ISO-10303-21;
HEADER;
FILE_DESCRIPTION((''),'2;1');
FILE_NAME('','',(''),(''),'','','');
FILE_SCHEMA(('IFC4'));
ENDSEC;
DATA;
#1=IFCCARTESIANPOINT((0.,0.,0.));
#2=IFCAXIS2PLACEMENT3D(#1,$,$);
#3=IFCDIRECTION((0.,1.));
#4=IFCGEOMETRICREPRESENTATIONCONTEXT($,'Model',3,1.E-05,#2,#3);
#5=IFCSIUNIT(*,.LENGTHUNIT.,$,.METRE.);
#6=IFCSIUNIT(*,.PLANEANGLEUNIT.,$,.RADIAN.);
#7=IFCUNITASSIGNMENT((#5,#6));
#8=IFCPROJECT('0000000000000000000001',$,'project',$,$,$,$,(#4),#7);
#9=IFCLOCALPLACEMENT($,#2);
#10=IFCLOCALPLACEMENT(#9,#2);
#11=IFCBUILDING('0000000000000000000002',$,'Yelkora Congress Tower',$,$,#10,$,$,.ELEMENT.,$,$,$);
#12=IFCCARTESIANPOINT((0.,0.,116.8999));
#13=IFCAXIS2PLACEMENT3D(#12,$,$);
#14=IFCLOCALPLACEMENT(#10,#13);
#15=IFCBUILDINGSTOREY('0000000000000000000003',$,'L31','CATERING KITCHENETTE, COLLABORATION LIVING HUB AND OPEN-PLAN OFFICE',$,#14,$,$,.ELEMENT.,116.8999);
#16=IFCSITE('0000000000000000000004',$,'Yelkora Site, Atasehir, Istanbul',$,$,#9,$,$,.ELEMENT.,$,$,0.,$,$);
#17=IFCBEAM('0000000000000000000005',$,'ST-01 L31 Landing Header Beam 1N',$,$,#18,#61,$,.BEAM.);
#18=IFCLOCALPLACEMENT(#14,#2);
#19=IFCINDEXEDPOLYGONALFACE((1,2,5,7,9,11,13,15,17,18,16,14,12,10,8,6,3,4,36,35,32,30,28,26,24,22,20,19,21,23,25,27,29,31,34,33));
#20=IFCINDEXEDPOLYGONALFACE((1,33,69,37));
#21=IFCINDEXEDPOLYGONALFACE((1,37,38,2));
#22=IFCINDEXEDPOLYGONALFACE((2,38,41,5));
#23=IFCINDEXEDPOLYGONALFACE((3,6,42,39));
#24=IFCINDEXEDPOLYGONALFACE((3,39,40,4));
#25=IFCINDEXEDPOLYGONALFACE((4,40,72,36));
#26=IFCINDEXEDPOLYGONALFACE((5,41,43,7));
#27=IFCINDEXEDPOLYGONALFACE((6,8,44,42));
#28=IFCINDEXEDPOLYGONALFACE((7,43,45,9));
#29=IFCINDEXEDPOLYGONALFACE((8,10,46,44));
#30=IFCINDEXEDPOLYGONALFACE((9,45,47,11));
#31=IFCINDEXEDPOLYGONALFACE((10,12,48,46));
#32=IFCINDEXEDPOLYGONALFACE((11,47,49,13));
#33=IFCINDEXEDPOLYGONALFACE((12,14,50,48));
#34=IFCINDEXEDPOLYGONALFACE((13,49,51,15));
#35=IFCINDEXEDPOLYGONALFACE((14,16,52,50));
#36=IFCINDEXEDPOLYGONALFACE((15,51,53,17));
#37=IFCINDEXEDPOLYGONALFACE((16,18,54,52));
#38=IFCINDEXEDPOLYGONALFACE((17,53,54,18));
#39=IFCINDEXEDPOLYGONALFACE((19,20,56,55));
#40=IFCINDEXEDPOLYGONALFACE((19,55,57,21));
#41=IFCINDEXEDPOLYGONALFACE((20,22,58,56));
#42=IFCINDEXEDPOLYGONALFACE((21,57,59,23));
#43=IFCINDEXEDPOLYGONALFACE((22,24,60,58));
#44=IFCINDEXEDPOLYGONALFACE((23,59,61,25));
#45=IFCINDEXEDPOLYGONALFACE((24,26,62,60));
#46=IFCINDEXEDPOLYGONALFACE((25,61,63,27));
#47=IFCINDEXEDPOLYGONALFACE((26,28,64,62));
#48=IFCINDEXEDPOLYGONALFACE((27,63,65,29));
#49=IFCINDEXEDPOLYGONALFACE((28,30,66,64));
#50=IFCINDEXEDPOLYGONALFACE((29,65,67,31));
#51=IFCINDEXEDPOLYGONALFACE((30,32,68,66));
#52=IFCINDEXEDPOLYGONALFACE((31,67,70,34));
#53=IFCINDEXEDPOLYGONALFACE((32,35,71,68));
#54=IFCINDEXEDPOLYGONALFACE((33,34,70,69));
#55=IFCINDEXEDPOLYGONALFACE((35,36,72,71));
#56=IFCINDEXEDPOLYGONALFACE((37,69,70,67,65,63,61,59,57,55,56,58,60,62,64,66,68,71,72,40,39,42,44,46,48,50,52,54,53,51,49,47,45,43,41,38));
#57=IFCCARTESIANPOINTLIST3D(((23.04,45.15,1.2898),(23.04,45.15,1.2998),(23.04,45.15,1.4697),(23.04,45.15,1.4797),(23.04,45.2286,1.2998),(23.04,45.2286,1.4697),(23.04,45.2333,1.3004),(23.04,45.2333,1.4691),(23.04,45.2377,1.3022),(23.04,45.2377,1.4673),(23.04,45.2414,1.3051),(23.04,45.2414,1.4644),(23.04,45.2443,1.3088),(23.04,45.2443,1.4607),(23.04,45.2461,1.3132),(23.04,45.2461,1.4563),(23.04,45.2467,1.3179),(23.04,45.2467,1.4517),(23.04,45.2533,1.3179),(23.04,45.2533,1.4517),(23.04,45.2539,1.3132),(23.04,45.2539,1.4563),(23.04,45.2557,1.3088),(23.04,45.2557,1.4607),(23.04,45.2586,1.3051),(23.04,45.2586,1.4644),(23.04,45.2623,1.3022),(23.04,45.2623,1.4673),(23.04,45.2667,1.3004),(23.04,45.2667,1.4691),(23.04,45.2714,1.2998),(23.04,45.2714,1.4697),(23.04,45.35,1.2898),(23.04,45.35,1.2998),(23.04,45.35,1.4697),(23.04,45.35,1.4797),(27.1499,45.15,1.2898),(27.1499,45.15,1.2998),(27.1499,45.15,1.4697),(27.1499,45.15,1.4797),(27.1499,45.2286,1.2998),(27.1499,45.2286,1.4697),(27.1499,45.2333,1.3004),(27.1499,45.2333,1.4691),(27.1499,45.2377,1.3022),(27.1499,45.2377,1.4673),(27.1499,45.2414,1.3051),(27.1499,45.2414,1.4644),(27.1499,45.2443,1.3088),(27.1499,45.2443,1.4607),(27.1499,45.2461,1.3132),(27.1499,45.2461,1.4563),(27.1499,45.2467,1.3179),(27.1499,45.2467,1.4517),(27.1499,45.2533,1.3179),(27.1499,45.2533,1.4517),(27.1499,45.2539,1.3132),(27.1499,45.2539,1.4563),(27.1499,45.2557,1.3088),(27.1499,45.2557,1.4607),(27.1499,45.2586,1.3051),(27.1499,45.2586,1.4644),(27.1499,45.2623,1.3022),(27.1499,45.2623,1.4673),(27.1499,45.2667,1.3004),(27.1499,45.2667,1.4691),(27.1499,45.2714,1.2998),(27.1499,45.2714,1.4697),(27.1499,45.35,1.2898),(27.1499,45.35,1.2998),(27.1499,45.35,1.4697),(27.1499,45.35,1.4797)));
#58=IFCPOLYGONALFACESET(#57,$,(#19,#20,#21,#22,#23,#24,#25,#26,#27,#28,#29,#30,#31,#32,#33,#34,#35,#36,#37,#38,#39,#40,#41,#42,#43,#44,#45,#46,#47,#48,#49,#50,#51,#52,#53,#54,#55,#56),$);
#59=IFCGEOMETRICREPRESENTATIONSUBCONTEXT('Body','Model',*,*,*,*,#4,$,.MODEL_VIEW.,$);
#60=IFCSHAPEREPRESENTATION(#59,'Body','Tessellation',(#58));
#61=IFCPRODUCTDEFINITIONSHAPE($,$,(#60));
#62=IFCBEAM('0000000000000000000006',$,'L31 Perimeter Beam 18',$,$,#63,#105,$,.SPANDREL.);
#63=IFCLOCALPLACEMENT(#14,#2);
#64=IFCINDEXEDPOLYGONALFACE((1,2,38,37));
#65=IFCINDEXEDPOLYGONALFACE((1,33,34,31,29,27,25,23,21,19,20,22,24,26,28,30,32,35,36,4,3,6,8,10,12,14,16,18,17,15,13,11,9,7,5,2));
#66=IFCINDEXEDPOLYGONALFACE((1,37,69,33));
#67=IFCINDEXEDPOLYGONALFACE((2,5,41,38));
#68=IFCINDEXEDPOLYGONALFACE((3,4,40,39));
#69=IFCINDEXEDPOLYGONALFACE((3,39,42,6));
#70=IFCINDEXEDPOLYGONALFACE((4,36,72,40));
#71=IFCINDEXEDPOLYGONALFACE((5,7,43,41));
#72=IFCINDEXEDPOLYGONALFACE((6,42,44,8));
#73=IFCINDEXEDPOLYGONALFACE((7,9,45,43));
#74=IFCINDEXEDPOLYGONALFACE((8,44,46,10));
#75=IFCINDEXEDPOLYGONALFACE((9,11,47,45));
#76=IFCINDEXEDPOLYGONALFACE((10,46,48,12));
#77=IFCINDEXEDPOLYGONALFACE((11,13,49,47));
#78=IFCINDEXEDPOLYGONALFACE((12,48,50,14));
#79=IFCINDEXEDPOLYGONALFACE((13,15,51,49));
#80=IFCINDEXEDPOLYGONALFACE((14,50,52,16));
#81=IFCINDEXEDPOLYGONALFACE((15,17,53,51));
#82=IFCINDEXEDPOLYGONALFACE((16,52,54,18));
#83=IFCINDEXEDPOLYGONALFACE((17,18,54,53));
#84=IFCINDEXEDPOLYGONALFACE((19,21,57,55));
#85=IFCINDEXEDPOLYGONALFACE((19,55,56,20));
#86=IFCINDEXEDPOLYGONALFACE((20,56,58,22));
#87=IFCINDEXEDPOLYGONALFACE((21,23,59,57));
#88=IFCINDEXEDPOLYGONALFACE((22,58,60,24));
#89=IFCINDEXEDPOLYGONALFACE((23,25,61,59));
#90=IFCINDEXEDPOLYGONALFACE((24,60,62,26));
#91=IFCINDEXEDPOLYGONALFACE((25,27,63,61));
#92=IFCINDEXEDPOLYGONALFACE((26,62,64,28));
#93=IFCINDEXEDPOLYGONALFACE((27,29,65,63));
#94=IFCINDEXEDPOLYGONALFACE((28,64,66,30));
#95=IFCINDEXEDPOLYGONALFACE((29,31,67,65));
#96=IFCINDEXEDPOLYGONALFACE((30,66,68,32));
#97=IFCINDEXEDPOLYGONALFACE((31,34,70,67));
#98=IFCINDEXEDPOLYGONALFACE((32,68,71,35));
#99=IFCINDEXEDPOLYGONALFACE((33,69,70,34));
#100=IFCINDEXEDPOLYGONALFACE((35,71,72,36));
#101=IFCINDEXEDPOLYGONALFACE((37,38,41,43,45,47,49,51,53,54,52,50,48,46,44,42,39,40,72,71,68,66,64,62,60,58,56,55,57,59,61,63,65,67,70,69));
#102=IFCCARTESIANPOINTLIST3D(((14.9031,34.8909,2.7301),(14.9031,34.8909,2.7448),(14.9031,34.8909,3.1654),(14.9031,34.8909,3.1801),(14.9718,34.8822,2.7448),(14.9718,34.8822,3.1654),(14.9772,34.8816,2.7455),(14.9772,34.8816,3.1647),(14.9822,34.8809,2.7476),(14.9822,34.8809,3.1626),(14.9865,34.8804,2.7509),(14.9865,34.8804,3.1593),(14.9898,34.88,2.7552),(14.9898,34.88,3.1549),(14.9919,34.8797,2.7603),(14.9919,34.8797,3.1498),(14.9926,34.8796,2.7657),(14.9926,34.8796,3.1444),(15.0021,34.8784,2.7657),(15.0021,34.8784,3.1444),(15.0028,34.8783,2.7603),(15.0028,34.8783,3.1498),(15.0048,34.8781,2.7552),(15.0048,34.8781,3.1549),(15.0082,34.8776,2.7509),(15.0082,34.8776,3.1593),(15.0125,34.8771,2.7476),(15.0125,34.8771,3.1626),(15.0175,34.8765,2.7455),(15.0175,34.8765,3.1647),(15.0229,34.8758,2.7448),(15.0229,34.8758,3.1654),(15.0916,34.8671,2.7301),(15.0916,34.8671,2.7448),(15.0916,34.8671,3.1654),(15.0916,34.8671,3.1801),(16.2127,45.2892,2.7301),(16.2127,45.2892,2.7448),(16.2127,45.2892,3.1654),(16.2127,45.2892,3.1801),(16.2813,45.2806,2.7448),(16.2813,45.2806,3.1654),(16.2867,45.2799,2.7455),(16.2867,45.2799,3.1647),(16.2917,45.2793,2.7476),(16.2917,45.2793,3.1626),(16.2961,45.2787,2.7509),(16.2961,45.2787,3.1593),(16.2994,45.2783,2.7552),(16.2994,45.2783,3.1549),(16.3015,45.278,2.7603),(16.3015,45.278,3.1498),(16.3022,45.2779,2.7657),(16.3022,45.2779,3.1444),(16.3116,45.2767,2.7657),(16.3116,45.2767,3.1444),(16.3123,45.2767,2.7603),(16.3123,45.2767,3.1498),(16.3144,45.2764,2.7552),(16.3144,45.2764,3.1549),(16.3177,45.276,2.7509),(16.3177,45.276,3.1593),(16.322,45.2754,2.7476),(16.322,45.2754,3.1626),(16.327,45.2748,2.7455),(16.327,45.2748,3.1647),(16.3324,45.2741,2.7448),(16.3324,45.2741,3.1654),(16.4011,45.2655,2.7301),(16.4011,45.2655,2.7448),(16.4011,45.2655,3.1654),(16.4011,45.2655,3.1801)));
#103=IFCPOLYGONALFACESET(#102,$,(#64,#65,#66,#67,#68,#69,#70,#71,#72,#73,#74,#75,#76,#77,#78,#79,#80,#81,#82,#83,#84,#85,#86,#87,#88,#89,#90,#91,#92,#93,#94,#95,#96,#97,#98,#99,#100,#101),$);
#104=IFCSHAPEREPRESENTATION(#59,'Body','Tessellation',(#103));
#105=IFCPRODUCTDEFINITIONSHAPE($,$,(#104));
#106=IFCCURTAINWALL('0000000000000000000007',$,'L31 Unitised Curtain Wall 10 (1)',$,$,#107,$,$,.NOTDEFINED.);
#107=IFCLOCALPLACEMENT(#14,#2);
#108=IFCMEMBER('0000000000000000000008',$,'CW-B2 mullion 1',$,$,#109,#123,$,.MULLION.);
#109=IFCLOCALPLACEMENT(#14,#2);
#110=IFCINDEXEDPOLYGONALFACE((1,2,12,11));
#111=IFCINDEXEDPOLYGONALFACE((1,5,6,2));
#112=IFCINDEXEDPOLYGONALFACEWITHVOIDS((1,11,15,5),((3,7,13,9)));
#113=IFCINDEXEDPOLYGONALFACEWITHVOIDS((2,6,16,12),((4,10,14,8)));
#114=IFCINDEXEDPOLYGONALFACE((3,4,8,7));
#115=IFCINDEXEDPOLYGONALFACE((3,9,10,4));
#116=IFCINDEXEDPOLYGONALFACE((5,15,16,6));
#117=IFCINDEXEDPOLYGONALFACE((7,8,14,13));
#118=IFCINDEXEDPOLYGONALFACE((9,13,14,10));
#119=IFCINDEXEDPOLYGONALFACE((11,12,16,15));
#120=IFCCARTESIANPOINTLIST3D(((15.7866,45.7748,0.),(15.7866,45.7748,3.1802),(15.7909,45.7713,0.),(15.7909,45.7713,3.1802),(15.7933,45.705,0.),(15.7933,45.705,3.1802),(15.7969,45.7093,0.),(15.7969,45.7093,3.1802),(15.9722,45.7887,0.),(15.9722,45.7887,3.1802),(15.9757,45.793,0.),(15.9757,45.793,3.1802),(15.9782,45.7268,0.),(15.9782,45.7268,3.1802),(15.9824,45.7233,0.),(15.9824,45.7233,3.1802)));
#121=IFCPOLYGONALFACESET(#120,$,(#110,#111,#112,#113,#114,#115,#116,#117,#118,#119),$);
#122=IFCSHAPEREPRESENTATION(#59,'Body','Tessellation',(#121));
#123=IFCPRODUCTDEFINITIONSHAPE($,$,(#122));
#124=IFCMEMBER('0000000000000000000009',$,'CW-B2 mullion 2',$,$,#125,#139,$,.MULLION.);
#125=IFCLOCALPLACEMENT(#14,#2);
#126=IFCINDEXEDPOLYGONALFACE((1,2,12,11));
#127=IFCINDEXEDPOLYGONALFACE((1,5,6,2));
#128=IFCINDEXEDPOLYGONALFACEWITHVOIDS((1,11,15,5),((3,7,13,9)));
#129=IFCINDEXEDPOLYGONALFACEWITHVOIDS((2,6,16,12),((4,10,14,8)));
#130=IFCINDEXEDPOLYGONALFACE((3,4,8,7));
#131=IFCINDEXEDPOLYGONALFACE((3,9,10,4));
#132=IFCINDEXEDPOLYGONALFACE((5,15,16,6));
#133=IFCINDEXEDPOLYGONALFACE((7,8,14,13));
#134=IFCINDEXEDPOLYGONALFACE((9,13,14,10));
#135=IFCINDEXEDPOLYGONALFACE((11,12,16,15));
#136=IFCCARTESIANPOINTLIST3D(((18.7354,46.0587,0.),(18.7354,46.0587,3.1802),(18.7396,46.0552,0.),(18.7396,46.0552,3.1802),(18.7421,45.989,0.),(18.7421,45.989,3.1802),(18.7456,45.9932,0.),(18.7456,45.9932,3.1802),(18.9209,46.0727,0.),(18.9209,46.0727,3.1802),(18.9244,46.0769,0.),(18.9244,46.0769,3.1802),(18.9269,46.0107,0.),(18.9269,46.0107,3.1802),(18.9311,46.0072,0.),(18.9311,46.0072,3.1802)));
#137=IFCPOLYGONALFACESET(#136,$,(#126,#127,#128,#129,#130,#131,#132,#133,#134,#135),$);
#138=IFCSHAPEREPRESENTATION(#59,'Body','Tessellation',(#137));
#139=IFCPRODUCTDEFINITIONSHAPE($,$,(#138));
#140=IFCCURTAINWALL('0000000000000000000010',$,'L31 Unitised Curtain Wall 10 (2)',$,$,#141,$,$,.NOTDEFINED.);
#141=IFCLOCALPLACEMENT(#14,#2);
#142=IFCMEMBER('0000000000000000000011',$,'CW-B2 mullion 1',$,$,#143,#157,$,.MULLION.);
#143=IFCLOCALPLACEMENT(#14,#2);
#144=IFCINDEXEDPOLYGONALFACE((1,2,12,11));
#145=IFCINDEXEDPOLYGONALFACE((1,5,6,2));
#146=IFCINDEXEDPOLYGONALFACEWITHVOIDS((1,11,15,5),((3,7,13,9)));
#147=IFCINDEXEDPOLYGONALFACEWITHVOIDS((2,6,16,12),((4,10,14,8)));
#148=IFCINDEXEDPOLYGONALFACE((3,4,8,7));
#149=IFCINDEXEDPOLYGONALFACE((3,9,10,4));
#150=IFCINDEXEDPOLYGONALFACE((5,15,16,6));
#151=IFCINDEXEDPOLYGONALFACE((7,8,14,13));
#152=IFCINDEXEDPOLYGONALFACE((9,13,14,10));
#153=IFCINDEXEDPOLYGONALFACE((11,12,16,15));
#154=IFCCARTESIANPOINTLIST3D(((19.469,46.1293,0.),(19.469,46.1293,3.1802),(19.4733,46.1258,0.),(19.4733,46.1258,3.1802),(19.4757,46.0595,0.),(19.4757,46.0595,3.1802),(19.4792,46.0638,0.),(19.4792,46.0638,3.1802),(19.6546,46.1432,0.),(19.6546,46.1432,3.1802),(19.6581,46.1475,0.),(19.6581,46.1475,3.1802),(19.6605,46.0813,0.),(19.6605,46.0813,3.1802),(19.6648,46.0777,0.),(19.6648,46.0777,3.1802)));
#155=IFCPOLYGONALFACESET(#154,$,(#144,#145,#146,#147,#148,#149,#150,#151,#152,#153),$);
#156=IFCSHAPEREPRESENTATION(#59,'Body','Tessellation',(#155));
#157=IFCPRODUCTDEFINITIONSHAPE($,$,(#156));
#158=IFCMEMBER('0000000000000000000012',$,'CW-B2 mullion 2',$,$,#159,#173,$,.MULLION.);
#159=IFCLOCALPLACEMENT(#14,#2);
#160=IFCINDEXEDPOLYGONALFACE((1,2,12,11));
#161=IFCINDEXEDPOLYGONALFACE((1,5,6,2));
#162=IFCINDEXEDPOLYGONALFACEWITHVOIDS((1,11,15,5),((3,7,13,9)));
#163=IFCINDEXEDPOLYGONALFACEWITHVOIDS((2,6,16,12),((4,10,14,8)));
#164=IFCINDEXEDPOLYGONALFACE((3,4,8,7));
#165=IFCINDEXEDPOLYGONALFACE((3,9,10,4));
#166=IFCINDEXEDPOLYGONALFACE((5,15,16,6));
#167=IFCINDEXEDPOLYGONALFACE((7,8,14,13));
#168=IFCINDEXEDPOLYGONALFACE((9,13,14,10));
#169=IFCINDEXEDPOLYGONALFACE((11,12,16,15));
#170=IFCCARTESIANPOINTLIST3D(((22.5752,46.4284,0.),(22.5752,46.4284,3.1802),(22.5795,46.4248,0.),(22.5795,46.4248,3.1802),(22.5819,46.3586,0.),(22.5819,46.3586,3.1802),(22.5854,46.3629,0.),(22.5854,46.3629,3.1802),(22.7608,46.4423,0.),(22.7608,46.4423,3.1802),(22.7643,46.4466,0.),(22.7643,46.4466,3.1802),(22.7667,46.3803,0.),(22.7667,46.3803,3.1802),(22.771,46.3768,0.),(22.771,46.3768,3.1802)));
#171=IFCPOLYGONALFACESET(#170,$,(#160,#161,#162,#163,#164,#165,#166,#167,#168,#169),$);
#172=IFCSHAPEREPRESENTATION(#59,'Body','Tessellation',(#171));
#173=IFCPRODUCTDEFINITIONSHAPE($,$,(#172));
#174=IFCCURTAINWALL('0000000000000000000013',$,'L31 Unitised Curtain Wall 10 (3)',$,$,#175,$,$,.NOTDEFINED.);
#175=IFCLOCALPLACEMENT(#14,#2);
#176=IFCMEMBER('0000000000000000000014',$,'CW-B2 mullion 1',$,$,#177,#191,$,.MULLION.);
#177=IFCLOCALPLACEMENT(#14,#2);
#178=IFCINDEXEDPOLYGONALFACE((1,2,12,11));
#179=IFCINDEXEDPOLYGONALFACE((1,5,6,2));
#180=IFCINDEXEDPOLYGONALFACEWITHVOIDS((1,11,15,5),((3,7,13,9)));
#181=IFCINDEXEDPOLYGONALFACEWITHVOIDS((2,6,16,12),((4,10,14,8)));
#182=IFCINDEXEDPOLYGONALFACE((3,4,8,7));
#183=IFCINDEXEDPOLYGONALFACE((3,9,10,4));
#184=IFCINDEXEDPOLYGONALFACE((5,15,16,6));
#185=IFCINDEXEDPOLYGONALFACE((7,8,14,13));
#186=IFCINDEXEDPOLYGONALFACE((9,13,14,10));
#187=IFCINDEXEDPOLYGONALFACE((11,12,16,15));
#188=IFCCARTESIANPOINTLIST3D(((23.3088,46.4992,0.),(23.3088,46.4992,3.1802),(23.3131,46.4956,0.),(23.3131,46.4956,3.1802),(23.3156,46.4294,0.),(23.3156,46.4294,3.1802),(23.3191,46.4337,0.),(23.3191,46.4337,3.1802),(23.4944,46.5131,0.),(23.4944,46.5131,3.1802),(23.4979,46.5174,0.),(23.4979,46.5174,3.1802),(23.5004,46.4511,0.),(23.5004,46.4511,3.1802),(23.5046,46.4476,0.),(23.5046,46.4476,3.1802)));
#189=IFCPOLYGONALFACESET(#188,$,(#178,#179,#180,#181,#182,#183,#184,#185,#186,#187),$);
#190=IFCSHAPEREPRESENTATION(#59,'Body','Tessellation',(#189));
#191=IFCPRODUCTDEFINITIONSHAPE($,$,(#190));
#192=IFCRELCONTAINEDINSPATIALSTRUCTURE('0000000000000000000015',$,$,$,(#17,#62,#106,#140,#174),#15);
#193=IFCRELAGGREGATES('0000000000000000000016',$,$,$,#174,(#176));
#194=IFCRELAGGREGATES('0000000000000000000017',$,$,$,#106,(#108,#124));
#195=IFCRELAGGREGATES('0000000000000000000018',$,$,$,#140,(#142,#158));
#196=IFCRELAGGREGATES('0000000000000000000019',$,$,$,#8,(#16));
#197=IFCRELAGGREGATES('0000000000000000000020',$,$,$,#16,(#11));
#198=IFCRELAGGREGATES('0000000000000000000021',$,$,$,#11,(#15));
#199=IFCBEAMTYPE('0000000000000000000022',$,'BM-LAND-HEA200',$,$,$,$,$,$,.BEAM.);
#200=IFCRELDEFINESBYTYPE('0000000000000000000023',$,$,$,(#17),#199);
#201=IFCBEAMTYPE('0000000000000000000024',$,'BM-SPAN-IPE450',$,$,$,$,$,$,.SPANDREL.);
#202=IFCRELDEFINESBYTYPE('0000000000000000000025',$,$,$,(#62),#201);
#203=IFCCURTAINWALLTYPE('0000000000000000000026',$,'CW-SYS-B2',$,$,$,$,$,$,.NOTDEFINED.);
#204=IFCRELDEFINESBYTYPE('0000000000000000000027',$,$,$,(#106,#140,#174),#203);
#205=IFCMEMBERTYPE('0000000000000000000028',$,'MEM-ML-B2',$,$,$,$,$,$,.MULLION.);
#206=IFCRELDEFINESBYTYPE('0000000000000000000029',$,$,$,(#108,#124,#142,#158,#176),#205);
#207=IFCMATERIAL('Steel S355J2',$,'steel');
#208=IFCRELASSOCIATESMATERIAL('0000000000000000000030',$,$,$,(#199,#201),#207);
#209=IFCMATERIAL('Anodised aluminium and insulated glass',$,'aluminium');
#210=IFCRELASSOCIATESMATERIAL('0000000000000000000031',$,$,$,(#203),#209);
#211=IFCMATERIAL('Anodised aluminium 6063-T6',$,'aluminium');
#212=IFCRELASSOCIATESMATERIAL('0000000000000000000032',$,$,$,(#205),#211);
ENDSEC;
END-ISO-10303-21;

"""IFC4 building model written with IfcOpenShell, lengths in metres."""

from ifc_helpers import new_model, si_unit, direction, frame, origin, origin_2d, place, context, subcontext, project, spatial, hollow_rectangle, i_section, extrude, material, material_profile, profile_set, type_object, element, aggregate, save


model = new_model("IFC4")

# Units and contexts
model_context = context("Model", 3, precision=1e-05, world=origin(), true_north=direction((0.0, 1.0)))
body_context = subcontext(model_context, "Body", "Model", "MODEL_VIEW")
ifc_project = project(units=[si_unit("LENGTHUNIT", "METRE"), si_unit("PLANEANGLEUNIT", "RADIAN")], contexts=[model_context])

# Site, building, storey
site_placement = place(None, origin())
site = spatial("IfcSite", under=ifc_project, at=site_placement, Name="Yelkora Site, Atasehir, Istanbul", CompositionType="ELEMENT", RefElevation=0.0)
building_placement = place(site_placement, origin())
building = spatial("IfcBuilding", under=site, at=building_placement, Name="Yelkora Congress Tower", CompositionType="ELEMENT")
storey_placement = place(building_placement, frame((0.0, 0.0, 116.8999)))
storey = spatial("IfcBuildingStorey", under=building, at=storey_placement, Name="L31", Description="CATERING KITCHENETTE, COLLABORATION LIVING HUB AND OPEN-PLAN OFFICE", CompositionType="ELEMENT", Elevation=116.8999)

# Beams
ifc_material_1 = material(Name="Steel S355J2", Category="steel")
ifc_material_profile_1 = material_profile(ifc_material_1, i_section(OverallWidth=0.2, OverallDepth=0.1899, WebThickness=0.0066, FlangeThickness=0.01, FilletRadius=0.0181, at=origin_2d()), Name="HEA 200")
ifc_profile_set_1 = profile_set([ifc_material_profile_1], Name="Steel S355J2")
beam_type_1 = type_object("IfcBeamType", Name="BM-LAND-HEA200", PredefinedType="BEAM", material=ifc_profile_set_1)
beam_1_placement = place(storey_placement, frame((23.04, 45.25, 1.3848), z_axis=(1.0, 0.0, 0.0), x_axis=(0.0, 1.0, 0.0)))
element("IfcBeam", 1, at=beam_1_placement, inside=storey, type_object=beam_type_1, Name="ST-01 L31 Landing Header Beam 1N", PredefinedType="BEAM", context=body_context, shape_type="SweptSolid", body=[
    extrude(i_section(OverallWidth=0.2, OverallDepth=0.1899, WebThickness=0.0066, FlangeThickness=0.01, FilletRadius=0.0181, at=origin_2d()), origin(), (0.0, 0.0, 1.0), 4.1099),
])
ifc_material_profile_2 = material_profile(ifc_material_1, i_section(OverallWidth=0.1899, OverallDepth=0.45, WebThickness=0.0095, FlangeThickness=0.0146, FilletRadius=0.021, at=origin_2d()), Name="IPE 450")
ifc_profile_set_2 = profile_set([ifc_material_profile_2], Name="Steel S355J2")
beam_type_2 = type_object("IfcBeamType", Name="BM-SPAN-IPE450", PredefinedType="SPANDREL", material=ifc_profile_set_2)
beam_2_placement = place(storey_placement, frame((16.3069, 45.2773, 2.9551), z_axis=(-0.124952, -0.992163, 0.0), x_axis=(0.992163, -0.124952, 0.0)))
element("IfcBeam", 2, at=beam_2_placement, inside=storey, type_object=beam_type_2, Name="L31 Perimeter Beam 18", PredefinedType="SPANDREL", context=body_context, shape_type="SweptSolid", body=[
    extrude(i_section(OverallWidth=0.1899, OverallDepth=0.45, WebThickness=0.0095, FlangeThickness=0.0146, FilletRadius=0.021, at=origin_2d()), origin(), (0.0, 0.0, 1.0), 10.4805),
])

# Curtain walls, members
ifc_material_2 = material(Name="Anodised aluminium and insulated glass", Category="aluminium")
curtain_wall_type = type_object("IfcCurtainWallType", Name="CW-SYS-B2", PredefinedType="NOTDEFINED", material=ifc_material_2)
curtain_wall_1_placement = place(storey_placement, origin())
curtain_wall_1 = element("IfcCurtainWall", 3, at=curtain_wall_1_placement, inside=storey, type_object=curtain_wall_type, Name="L31 Unitised Curtain Wall 10 (1)", PredefinedType="NOTDEFINED")
ifc_material_3 = material(Name="Anodised aluminium 6063-T6", Category="aluminium")
ifc_material_profile_3 = material_profile(ifc_material_3, hollow_rectangle(XDim=0.0701, YDim=0.1899, WallThickness=0.0039, at=origin_2d()), Name="ALU 70x190x4")
ifc_profile_set_3 = profile_set([ifc_material_profile_3], Name="Anodised aluminium 6063-T6")
member_type_1 = type_object("IfcMemberType", Name="MEM-ML-B2", PredefinedType="MULLION", material=ifc_profile_set_3)
member_1_placement = place(storey_placement, frame((15.8845, 45.749, 0.0), z_axis=(0.0, 0.0, 1.0), x_axis=(-0.095839, 0.995397, 0.0)))
member_1 = element("IfcMember", 4, at=member_1_placement, type_object=member_type_1, Name="CW-B2 mullion 1", PredefinedType="MULLION", context=body_context, shape_type="SweptSolid", body=[
    extrude(hollow_rectangle(XDim=0.0701, YDim=0.1899, WallThickness=0.0039, at=origin_2d()), origin(), (0.0, 0.0, 1.0), 3.1802),
])
member_2_placement = place(storey_placement, frame((18.8333, 46.033, 0.0), z_axis=(0.0, 0.0, 1.0), x_axis=(-0.095839, 0.995397, 0.0)))
member_2 = element("IfcMember", 5, at=member_2_placement, type_object=member_type_1, Name="CW-B2 mullion 2", PredefinedType="MULLION", context=body_context, shape_type="SweptSolid", body=[
    extrude(hollow_rectangle(XDim=0.0701, YDim=0.1899, WallThickness=0.0039, at=origin_2d()), origin(), (0.0, 0.0, 1.0), 3.1802),
])
curtain_wall_2_placement = place(storey_placement, origin())
curtain_wall_2 = element("IfcCurtainWall", 6, at=curtain_wall_2_placement, inside=storey, type_object=curtain_wall_type, Name="L31 Unitised Curtain Wall 10 (2)", PredefinedType="NOTDEFINED")
member_3_placement = place(storey_placement, frame((19.5669, 46.1035, 0.0), z_axis=(0.0, 0.0, 1.0), x_axis=(-0.095841, 0.995397, 0.0)))
member_3 = element("IfcMember", 7, at=member_3_placement, type_object=member_type_1, Name="CW-B2 mullion 1", PredefinedType="MULLION", context=body_context, shape_type="SweptSolid", body=[
    extrude(hollow_rectangle(XDim=0.0701, YDim=0.1899, WallThickness=0.0039, at=origin_2d()), origin(), (0.0, 0.0, 1.0), 3.1802),
])
member_4_placement = place(storey_placement, frame((22.6731, 46.4026, 0.0), z_axis=(0.0, 0.0, 1.0), x_axis=(-0.095841, 0.995397, 0.0)))
member_4 = element("IfcMember", 8, at=member_4_placement, type_object=member_type_1, Name="CW-B2 mullion 2", PredefinedType="MULLION", context=body_context, shape_type="SweptSolid", body=[
    extrude(hollow_rectangle(XDim=0.0701, YDim=0.1899, WallThickness=0.0039, at=origin_2d()), origin(), (0.0, 0.0, 1.0), 3.1802),
])

# Curtain wall, member
curtain_wall_3_placement = place(storey_placement, origin())
curtain_wall_3 = element("IfcCurtainWall", 9, at=curtain_wall_3_placement, inside=storey, type_object=curtain_wall_type, Name="L31 Unitised Curtain Wall 10 (3)", PredefinedType="NOTDEFINED")
member_5_placement = place(storey_placement, frame((23.4067, 46.4734, 0.0), z_axis=(0.0, 0.0, 1.0), x_axis=(-0.095844, 0.995396, 0.0)))
member_5 = element("IfcMember", 10, at=member_5_placement, type_object=member_type_1, Name="CW-B2 mullion 1", PredefinedType="MULLION", context=body_context, shape_type="SweptSolid", body=[
    extrude(hollow_rectangle(XDim=0.0701, YDim=0.1899, WallThickness=0.0039, at=origin_2d()), origin(), (0.0, 0.0, 1.0), 3.1802),
])

aggregate(curtain_wall_3, [member_5])

aggregate(curtain_wall_1, [member_1, member_2])
aggregate(curtain_wall_2, [member_3, member_4])

save(model, "model.ifc")
